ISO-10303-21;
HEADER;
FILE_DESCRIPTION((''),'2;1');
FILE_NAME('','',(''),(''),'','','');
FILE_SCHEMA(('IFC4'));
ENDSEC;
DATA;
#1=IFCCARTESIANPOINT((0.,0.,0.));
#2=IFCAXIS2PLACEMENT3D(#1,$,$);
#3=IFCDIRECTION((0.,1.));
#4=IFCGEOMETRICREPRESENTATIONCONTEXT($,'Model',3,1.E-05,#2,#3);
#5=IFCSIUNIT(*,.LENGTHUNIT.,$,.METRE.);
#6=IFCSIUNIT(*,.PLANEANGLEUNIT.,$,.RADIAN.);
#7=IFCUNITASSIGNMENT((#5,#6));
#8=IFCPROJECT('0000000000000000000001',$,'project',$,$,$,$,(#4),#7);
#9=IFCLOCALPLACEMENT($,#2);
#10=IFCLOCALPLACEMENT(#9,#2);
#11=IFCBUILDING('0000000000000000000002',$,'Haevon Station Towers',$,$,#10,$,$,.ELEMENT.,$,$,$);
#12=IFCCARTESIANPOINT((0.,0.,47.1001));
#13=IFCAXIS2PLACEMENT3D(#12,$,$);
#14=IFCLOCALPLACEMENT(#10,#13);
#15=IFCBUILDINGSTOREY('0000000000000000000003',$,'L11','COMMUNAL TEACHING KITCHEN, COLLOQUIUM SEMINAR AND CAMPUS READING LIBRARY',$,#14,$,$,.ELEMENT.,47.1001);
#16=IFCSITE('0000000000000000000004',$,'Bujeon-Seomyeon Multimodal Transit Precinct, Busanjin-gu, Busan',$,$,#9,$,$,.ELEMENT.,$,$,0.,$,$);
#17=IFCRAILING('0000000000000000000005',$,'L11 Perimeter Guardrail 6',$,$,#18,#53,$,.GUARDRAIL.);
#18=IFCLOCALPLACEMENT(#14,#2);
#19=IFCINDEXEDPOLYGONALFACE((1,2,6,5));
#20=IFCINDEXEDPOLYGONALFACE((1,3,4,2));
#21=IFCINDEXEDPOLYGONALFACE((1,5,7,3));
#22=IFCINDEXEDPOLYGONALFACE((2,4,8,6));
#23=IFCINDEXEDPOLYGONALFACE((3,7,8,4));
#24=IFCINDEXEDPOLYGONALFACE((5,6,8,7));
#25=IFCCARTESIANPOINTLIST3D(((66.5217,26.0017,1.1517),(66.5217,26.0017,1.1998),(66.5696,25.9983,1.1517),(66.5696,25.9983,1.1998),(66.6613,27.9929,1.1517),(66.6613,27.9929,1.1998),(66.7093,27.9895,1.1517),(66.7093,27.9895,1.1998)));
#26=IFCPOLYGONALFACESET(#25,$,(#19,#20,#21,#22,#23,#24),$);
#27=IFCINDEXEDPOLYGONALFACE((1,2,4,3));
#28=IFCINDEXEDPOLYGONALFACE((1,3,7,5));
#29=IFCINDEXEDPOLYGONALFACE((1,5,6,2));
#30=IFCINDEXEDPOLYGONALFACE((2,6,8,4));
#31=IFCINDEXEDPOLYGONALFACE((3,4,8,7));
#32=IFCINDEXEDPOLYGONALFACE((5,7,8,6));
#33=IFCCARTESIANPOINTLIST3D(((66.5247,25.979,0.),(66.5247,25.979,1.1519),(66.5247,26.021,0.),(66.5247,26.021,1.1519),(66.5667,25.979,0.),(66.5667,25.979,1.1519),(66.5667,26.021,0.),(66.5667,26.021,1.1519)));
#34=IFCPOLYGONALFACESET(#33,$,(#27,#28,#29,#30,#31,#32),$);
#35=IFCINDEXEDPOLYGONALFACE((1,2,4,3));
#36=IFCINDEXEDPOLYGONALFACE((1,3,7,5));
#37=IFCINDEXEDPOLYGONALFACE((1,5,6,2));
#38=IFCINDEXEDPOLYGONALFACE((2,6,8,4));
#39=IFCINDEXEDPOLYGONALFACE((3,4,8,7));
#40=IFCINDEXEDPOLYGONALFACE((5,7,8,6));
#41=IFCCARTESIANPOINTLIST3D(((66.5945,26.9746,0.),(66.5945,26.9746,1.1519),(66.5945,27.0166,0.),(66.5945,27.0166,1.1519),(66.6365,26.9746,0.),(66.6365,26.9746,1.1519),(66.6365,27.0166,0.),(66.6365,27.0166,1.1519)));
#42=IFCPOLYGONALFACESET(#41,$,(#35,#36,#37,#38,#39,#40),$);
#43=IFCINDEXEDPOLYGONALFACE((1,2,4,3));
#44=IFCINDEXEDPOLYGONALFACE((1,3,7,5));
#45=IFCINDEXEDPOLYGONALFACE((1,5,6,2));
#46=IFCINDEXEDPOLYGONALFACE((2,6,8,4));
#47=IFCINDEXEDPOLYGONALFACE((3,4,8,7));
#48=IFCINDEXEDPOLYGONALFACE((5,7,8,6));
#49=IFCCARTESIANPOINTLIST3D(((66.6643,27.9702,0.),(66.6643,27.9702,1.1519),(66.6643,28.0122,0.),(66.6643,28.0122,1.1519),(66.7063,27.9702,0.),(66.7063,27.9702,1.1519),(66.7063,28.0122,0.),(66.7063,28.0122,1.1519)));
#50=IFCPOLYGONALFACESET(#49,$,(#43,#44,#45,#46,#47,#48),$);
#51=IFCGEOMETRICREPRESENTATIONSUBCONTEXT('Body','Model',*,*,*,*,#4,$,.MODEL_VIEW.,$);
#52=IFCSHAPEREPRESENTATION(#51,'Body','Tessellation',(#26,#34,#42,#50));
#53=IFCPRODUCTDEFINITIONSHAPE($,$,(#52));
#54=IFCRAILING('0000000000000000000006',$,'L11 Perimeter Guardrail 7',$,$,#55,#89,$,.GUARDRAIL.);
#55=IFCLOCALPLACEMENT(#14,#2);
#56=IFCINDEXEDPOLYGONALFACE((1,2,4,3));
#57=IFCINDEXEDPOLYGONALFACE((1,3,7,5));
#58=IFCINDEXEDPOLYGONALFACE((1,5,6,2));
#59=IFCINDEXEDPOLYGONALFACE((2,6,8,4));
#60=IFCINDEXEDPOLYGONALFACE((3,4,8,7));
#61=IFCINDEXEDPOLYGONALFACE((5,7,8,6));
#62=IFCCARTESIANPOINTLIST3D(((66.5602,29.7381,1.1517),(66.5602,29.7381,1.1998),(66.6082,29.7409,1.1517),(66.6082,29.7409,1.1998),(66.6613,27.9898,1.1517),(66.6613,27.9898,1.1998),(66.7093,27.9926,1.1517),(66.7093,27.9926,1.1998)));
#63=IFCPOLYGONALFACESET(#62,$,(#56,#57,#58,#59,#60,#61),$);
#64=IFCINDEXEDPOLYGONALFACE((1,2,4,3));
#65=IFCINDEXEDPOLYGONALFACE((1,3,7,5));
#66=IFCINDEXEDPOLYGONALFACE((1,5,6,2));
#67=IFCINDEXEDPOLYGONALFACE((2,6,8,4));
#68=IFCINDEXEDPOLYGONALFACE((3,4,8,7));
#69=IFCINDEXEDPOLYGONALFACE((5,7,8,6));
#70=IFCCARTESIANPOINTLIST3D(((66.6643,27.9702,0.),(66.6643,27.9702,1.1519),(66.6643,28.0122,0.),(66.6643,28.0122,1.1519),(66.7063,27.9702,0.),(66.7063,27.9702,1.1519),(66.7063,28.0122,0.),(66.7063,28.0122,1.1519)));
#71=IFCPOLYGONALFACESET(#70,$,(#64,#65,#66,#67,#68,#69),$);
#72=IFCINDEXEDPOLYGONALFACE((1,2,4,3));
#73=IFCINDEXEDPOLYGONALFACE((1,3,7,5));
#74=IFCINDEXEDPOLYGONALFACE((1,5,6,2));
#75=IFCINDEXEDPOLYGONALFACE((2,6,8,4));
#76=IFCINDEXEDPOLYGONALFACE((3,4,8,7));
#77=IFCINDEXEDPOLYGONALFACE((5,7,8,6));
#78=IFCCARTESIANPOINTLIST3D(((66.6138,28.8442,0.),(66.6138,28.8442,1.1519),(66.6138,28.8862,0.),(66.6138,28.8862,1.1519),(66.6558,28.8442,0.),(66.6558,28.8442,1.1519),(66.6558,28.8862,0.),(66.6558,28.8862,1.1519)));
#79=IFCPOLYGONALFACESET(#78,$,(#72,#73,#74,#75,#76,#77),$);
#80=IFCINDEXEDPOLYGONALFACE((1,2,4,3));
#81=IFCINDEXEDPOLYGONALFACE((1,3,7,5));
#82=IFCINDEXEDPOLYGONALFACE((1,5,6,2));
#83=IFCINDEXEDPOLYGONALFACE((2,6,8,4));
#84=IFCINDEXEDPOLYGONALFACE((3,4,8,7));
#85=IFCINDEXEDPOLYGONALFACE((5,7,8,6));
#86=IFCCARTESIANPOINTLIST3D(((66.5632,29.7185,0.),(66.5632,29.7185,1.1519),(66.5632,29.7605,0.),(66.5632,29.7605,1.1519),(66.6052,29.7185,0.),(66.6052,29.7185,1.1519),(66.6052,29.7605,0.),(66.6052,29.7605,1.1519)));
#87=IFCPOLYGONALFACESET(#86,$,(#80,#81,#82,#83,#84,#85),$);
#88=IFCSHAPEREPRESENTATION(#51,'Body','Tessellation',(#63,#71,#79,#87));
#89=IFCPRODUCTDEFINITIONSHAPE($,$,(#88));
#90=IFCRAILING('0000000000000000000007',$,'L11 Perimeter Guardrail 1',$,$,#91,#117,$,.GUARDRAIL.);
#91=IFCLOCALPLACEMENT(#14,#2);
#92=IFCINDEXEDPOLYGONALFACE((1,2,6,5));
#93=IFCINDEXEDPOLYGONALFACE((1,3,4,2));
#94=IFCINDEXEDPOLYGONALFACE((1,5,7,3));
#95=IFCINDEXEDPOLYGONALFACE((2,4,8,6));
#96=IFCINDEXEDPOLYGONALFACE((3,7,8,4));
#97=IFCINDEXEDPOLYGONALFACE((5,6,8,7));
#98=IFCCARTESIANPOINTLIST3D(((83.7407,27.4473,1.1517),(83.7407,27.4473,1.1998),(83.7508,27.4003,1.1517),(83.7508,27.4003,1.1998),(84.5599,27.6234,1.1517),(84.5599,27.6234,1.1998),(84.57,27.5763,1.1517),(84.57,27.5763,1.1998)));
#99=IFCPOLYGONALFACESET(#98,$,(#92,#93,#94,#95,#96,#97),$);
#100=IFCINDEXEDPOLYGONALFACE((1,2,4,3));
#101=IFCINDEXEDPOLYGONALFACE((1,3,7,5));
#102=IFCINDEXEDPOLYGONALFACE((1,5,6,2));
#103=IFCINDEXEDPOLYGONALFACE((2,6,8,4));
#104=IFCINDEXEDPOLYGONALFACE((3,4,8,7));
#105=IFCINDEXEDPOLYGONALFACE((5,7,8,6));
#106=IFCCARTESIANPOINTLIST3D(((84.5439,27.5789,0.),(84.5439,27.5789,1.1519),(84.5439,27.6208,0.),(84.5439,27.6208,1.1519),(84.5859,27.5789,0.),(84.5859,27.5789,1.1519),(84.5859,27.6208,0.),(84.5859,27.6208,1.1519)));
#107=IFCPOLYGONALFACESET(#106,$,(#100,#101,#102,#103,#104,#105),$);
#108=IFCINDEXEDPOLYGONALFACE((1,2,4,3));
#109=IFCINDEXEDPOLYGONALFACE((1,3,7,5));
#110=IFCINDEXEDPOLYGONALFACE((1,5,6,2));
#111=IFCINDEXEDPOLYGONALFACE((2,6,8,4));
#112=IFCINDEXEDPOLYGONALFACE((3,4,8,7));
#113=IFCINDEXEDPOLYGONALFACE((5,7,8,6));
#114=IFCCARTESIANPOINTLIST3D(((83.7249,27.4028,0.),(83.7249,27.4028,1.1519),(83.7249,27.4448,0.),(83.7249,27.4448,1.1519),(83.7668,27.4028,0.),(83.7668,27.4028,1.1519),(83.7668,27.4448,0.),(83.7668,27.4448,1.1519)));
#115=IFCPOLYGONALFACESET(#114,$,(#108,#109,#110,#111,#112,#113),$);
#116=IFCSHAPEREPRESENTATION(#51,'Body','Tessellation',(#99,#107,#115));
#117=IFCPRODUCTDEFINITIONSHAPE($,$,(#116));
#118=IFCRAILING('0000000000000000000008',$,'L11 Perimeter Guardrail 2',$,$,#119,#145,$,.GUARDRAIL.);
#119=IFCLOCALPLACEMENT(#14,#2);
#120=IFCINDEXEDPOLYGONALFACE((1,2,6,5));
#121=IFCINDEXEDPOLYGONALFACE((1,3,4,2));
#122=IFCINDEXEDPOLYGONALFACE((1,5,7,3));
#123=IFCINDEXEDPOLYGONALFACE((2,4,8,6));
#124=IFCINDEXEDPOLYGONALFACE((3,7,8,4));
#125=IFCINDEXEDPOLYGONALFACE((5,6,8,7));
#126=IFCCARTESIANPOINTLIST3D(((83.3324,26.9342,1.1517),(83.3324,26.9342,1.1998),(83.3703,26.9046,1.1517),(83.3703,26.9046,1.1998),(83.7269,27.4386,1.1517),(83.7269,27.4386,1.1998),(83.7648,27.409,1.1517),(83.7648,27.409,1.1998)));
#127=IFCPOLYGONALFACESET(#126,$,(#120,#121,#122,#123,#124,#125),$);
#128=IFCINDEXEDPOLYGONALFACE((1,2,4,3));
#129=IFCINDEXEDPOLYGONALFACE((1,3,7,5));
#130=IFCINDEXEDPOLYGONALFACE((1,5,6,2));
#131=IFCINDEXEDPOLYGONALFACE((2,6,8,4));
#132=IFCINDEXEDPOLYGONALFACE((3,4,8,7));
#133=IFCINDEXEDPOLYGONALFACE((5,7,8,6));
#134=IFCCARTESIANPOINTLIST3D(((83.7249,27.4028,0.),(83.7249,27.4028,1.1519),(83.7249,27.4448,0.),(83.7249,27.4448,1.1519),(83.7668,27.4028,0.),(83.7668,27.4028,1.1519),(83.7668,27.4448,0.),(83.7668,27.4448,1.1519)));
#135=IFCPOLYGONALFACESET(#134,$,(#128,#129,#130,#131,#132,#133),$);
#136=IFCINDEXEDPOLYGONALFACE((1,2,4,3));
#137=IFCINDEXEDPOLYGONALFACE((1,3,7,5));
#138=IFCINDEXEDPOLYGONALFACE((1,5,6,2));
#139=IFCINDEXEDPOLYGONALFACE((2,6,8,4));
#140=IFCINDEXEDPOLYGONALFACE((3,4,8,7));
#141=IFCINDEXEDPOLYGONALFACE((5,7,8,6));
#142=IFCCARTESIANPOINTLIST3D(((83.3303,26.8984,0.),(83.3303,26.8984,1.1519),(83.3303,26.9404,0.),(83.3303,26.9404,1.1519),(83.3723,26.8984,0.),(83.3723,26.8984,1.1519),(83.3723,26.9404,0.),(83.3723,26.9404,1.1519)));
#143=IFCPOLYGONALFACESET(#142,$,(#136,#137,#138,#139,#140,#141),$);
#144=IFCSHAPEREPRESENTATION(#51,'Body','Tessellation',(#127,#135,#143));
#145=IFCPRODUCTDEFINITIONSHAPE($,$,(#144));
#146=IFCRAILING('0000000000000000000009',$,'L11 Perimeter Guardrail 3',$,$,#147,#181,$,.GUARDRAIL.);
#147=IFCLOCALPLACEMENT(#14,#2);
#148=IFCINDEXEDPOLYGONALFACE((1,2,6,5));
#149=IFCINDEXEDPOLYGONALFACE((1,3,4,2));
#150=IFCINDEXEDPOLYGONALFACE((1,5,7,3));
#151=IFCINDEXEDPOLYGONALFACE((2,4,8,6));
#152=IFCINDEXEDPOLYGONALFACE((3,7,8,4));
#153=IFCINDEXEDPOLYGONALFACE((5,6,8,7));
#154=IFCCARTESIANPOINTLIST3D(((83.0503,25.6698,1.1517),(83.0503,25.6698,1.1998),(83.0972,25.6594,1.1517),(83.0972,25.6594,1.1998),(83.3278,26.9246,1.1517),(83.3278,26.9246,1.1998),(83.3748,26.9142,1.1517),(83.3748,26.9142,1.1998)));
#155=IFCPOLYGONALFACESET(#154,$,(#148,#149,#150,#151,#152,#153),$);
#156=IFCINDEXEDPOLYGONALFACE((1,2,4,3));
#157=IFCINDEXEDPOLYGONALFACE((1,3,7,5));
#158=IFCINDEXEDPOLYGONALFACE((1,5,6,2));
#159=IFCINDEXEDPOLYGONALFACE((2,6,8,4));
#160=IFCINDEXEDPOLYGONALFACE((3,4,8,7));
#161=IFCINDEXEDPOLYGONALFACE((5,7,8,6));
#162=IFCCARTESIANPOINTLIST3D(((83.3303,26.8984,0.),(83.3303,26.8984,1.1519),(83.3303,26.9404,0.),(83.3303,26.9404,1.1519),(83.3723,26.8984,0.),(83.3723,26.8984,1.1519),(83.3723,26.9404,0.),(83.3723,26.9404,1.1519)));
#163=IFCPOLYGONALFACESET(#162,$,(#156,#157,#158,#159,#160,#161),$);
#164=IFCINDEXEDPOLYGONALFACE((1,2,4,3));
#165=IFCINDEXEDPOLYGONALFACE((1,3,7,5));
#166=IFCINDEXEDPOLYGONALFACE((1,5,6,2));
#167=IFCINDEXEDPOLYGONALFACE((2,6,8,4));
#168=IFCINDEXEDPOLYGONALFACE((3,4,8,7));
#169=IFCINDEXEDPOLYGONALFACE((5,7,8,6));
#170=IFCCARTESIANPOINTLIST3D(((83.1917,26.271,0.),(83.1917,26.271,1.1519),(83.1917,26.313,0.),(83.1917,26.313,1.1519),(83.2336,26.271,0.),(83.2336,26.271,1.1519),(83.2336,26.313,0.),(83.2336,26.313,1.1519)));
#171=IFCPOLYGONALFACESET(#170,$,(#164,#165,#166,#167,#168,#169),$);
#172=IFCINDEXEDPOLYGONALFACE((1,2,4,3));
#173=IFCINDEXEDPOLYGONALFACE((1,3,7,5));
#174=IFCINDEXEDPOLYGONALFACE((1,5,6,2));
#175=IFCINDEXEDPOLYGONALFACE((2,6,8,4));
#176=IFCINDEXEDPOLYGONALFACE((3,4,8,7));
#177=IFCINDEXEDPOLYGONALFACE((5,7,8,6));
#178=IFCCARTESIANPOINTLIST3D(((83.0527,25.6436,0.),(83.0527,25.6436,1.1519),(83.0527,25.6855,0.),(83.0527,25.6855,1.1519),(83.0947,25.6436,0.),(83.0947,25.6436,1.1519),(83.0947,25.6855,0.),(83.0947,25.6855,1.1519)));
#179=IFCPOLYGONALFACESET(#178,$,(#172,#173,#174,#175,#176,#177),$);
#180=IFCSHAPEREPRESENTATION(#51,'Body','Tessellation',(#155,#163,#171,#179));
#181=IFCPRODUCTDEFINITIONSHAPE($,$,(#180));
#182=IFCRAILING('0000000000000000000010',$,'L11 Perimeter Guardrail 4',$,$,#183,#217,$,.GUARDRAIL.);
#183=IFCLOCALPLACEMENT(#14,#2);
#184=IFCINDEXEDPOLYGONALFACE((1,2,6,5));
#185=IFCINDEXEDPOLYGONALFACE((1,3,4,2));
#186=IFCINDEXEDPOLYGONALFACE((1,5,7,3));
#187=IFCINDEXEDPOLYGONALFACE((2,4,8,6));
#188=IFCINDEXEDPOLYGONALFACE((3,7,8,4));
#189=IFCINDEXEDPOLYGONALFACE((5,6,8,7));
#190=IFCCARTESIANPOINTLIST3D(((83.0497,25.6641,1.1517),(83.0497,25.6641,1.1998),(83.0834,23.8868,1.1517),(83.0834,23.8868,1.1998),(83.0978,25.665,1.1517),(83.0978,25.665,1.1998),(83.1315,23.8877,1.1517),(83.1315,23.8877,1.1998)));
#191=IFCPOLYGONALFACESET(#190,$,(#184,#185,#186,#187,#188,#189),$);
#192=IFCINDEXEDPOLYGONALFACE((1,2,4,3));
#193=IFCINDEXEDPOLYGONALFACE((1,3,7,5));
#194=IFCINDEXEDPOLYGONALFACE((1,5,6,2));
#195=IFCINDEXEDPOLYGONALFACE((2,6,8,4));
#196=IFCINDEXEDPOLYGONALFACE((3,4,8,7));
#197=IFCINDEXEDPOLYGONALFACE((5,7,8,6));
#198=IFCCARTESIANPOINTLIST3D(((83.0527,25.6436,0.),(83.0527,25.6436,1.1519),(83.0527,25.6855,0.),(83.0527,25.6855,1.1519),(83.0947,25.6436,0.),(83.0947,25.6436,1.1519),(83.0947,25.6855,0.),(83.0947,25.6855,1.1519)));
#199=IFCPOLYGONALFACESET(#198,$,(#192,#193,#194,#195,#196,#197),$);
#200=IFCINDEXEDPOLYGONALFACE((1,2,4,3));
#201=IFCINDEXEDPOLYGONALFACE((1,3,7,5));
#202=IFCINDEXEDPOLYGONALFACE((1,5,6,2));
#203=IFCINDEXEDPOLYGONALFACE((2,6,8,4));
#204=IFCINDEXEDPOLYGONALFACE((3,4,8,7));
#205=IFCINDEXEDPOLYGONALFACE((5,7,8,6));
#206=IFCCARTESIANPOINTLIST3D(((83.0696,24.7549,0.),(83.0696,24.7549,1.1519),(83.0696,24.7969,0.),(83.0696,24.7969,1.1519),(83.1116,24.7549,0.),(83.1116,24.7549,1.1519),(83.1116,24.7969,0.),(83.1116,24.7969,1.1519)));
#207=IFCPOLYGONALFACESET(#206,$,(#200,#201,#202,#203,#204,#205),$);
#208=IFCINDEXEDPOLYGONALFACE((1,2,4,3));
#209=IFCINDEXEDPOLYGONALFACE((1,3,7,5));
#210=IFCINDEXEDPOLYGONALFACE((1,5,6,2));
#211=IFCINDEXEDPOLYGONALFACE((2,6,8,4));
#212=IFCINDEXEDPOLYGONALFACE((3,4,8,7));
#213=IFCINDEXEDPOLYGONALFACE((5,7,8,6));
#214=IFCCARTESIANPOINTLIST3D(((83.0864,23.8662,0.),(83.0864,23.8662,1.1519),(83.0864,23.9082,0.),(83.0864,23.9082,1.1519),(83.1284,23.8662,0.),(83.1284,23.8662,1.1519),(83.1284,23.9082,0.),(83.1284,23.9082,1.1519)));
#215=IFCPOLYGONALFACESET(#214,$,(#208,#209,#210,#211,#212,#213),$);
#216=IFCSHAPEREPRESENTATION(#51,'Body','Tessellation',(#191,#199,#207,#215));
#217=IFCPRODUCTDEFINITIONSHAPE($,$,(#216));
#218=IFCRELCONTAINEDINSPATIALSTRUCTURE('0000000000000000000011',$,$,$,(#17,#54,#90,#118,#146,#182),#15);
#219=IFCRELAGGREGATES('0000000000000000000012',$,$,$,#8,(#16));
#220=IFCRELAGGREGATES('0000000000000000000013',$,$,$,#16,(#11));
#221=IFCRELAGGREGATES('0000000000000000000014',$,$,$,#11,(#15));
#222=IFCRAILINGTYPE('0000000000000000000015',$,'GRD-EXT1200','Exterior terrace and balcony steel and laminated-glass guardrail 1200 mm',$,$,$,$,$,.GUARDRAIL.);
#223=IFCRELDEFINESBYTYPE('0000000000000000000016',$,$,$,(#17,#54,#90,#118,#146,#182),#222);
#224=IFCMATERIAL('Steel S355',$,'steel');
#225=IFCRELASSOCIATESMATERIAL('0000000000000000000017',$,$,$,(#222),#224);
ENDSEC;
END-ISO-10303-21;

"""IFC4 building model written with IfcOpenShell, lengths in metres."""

from ifc_helpers import new_model, si_unit, direction, frame, origin, origin_2d, place, context, subcontext, project, spatial, rectangle, extrude, material, type_object, element, save


model = new_model("IFC4")

# Units and contexts
model_context = context("Model", 3, precision=1e-05, world=origin(), true_north=direction((0.0, 1.0)))
body_context = subcontext(model_context, "Body", "Model", "MODEL_VIEW")
ifc_project = project(units=[si_unit("LENGTHUNIT", "METRE"), si_unit("PLANEANGLEUNIT", "RADIAN")], contexts=[model_context])

# Site, building, storey
site_placement = place(None, origin())
site = spatial("IfcSite", under=ifc_project, at=site_placement, Name="Bujeon-Seomyeon Multimodal Transit Precinct, Busanjin-gu, Busan", CompositionType="ELEMENT", RefElevation=0.0)
building_placement = place(site_placement, origin())
building = spatial("IfcBuilding", under=site, at=building_placement, Name="Haevon Station Towers", CompositionType="ELEMENT")
storey_placement = place(building_placement, frame((0.0, 0.0, 47.1001)))
storey = spatial("IfcBuildingStorey", under=building, at=storey_placement, Name="L11", Description="COMMUNAL TEACHING KITCHEN, COLLOQUIUM SEMINAR AND CAMPUS READING LIBRARY", CompositionType="ELEMENT", Elevation=47.1001)

# Railings
ifc_material_1 = material(Name="Steel S355", Category="steel")
railing_type = type_object("IfcRailingType", Name="GRD-EXT1200", Description="Exterior terrace and balcony steel and laminated-glass guardrail 1200 mm", PredefinedType="GUARDRAIL", material=ifc_material_1)
railing_1_placement = place(storey_placement, frame((66.5457, 26.0, 0.0)))
element("IfcRailing", 1, at=railing_1_placement, inside=storey, type_object=railing_type, Name="L11 Perimeter Guardrail 6", PredefinedType="GUARDRAIL", context=body_context, shape_type="SweptSolid", body=[
    extrude(rectangle(XDim=0.0481, YDim=0.0481, at=origin_2d()), frame((0.0, 0.0, 1.1758), z_axis=(0.069961, 0.99755, 0.0), x_axis=(-0.99755, 0.069961, 0.0)), (0.0, 0.0, 1.0), 1.9961),
    extrude(rectangle(XDim=0.042, YDim=0.042, at=origin_2d()), origin(), (0.0, 0.0, 1.0), 1.1519),
    extrude(rectangle(XDim=0.042, YDim=0.042, at=origin_2d()), frame((0.0698, 0.9956, 0.0)), (0.0, 0.0, 1.0), 1.1519),
    extrude(rectangle(XDim=0.042, YDim=0.042, at=origin_2d()), frame((0.1396, 1.9912, 0.0)), (0.0, 0.0, 1.0), 1.1519),
])
railing_2_placement = place(storey_placement, frame((66.6853, 27.9912, 0.0)))
element("IfcRailing", 2, at=railing_2_placement, inside=storey, type_object=railing_type, Name="L11 Perimeter Guardrail 7", PredefinedType="GUARDRAIL", context=body_context, shape_type="SweptSolid", body=[
    extrude(rectangle(XDim=0.0481, YDim=0.0481, at=origin_2d()), frame((0.0, 0.0, 1.1758), z_axis=(-0.057717, 0.998333, 0.0), x_axis=(-0.998333, -0.057717, 0.0)), (0.0, 0.0, 1.0), 1.7512),
    extrude(rectangle(XDim=0.042, YDim=0.042, at=origin_2d()), origin(), (0.0, 0.0, 1.0), 1.1519),
    extrude(rectangle(XDim=0.042, YDim=0.042, at=origin_2d()), frame((-0.0505, 0.874, 0.0)), (0.0, 0.0, 1.0), 1.1519),
    extrude(rectangle(XDim=0.042, YDim=0.042, at=origin_2d()), frame((-0.1011, 1.7483, 0.0)), (0.0, 0.0, 1.0), 1.1519),
])
railing_3_placement = place(storey_placement, frame((84.5649, 27.5999, 0.0)))
element("IfcRailing", 3, at=railing_3_placement, inside=storey, type_object=railing_type, Name="L11 Perimeter Guardrail 1", PredefinedType="GUARDRAIL", context=body_context, shape_type="SweptSolid", body=[
    extrude(rectangle(XDim=0.0481, YDim=0.0481, at=origin_2d()), frame((0.0, 0.0, 1.1758), z_axis=(-0.977679, -0.210106, 0.0), x_axis=(0.210106, -0.977679, 0.0)), (0.0, 0.0, 1.0), 0.8379),
    extrude(rectangle(XDim=0.042, YDim=0.042, at=origin_2d()), origin(), (0.0, 0.0, 1.0), 1.1519),
    extrude(rectangle(XDim=0.042, YDim=0.042, at=origin_2d()), frame((-0.8191, -0.176, 0.0)), (0.0, 0.0, 1.0), 1.1519),
])
railing_4_placement = place(storey_placement, frame((83.7458, 27.4238, 0.0)))
element("IfcRailing", 4, at=railing_4_placement, inside=storey, type_object=railing_type, Name="L11 Perimeter Guardrail 2", PredefinedType="GUARDRAIL", context=body_context, shape_type="SweptSolid", body=[
    extrude(rectangle(XDim=0.0481, YDim=0.0481, at=origin_2d()), frame((0.0, 0.0, 1.1758), z_axis=(-0.616103, -0.787666, 0.0), x_axis=(0.787666, -0.616103, 0.0)), (0.0, 0.0, 1.0), 0.6404),
    extrude(rectangle(XDim=0.042, YDim=0.042, at=origin_2d()), origin(), (0.0, 0.0, 1.0), 1.1519),
    extrude(rectangle(XDim=0.042, YDim=0.042, at=origin_2d()), frame((-0.3945, -0.5044, 0.0)), (0.0, 0.0, 1.0), 1.1519),
])
railing_5_placement = place(storey_placement, frame((83.3513, 26.9194, 0.0)))
element("IfcRailing", 5, at=railing_5_placement, inside=storey, type_object=railing_type, Name="L11 Perimeter Guardrail 3", PredefinedType="GUARDRAIL", context=body_context, shape_type="SweptSolid", body=[
    extrude(rectangle(XDim=0.0481, YDim=0.0481, at=origin_2d()), frame((0.0, 0.0, 1.1758), z_axis=(-0.215985, -0.976397, 0.0), x_axis=(0.976397, -0.215985, 0.0)), (0.0, 0.0, 1.0), 1.2852),
    extrude(rectangle(XDim=0.042, YDim=0.042, at=origin_2d()), origin(), (0.0, 0.0, 1.0), 1.1519),
    extrude(rectangle(XDim=0.042, YDim=0.042, at=origin_2d()), frame((-0.1387, -0.6274, 0.0)), (0.0, 0.0, 1.0), 1.1519),
    extrude(rectangle(XDim=0.042, YDim=0.042, at=origin_2d()), frame((-0.2776, -1.2549, 0.0)), (0.0, 0.0, 1.0), 1.1519),
])
railing_6_placement = place(storey_placement, frame((83.0737, 25.6646, 0.0)))
element("IfcRailing", 6, at=railing_6_placement, inside=storey, type_object=railing_type, Name="L11 Perimeter Guardrail 4", PredefinedType="GUARDRAIL", context=body_context, shape_type="SweptSolid", body=[
    extrude(rectangle(XDim=0.0481, YDim=0.0481, at=origin_2d()), frame((0.0, 0.0, 1.1758), z_axis=(0.018953, -0.99982, 0.0), x_axis=(0.99982, 0.018953, 0.0)), (0.0, 0.0, 1.0), 1.7776),
    extrude(rectangle(XDim=0.042, YDim=0.042, at=origin_2d()), origin(), (0.0, 0.0, 1.0), 1.1519),
    extrude(rectangle(XDim=0.042, YDim=0.042, at=origin_2d()), frame((0.0168, -0.8887, 0.0)), (0.0, 0.0, 1.0), 1.1519),
    extrude(rectangle(XDim=0.042, YDim=0.042, at=origin_2d()), frame((0.0337, -1.7773, 0.0)), (0.0, 0.0, 1.0), 1.1519),
])

save(model, "model.ifc")
